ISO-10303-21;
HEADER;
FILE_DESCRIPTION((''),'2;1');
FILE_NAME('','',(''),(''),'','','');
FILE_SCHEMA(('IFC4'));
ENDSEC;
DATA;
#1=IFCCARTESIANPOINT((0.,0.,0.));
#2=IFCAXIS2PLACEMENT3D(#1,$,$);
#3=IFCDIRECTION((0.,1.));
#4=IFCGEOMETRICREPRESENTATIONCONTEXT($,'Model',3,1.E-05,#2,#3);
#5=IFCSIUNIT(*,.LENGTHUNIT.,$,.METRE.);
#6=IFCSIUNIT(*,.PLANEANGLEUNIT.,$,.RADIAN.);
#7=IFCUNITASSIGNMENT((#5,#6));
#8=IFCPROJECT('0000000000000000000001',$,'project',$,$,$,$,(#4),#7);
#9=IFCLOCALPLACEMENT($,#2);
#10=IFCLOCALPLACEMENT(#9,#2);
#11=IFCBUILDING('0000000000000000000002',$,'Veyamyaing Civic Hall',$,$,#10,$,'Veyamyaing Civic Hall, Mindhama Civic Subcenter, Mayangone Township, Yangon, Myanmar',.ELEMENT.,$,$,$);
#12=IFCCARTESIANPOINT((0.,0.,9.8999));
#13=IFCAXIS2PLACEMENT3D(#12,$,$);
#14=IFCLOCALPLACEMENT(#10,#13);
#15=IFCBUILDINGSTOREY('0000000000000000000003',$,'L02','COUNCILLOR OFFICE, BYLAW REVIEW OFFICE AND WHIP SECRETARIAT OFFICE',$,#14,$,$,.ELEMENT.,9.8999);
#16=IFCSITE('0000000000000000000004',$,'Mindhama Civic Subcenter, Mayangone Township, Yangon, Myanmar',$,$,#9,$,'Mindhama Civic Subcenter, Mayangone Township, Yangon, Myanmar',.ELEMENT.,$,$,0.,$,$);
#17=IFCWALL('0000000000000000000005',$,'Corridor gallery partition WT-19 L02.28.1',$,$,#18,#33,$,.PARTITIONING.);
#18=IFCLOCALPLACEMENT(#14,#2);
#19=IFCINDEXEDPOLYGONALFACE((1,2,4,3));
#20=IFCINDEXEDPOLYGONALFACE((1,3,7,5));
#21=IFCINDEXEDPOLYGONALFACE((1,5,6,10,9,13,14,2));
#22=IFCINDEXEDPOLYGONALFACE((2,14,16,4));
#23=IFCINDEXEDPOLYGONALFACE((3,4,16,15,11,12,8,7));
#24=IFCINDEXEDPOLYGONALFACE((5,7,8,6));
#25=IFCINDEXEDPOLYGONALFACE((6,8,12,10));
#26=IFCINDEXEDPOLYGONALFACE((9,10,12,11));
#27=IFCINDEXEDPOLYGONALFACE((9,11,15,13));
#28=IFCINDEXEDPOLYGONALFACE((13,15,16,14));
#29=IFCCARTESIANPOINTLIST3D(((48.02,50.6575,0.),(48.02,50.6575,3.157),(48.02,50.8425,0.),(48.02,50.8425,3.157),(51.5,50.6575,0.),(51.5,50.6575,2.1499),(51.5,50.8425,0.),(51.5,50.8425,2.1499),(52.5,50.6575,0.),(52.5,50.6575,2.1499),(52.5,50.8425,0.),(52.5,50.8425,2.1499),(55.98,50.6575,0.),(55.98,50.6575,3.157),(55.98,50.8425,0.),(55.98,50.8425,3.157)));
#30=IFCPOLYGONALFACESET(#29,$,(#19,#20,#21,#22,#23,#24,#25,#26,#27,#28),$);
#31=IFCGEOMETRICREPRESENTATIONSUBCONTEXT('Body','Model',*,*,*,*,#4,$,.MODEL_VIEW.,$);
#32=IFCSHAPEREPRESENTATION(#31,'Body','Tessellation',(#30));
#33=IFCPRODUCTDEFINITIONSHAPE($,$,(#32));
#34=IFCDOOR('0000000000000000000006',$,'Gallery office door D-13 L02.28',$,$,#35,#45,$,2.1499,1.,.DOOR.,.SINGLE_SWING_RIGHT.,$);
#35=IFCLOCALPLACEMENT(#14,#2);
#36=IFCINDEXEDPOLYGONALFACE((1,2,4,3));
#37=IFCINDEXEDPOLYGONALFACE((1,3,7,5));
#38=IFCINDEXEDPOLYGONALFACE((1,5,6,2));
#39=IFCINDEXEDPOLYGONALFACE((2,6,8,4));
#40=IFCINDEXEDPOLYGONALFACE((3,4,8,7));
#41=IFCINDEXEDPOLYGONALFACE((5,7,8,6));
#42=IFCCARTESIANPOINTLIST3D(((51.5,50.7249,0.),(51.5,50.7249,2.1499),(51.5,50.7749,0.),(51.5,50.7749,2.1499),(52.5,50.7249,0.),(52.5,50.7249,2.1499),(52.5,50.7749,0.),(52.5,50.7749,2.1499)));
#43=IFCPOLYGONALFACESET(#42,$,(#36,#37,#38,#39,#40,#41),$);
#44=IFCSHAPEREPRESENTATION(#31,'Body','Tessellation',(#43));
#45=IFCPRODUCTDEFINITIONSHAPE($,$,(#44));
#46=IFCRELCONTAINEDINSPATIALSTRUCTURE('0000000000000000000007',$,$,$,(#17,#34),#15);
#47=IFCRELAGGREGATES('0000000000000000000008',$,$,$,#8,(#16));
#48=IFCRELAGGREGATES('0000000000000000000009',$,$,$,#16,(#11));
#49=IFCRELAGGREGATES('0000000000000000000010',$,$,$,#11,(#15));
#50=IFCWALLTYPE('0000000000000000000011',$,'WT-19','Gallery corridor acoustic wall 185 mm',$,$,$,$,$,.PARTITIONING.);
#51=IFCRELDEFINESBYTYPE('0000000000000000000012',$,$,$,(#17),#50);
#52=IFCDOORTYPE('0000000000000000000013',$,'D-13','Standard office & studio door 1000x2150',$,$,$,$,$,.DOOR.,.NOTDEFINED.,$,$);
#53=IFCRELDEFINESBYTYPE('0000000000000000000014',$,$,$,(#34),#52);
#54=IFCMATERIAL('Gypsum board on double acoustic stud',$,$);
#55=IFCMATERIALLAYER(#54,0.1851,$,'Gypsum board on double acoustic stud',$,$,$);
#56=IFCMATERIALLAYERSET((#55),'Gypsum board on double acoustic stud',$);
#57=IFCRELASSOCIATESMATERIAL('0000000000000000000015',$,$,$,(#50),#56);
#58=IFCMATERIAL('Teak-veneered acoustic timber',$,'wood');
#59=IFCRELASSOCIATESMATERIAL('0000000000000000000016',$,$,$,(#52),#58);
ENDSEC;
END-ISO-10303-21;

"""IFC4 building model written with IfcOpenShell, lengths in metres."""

from ifc_helpers import new_model, si_unit, direction, frame, frame_2d, origin, place, context, subcontext, project, spatial, rectangle, extrude, material, layer, layer_set, type_object, element, fill, save


model = new_model("IFC4")

# Units and contexts
model_context = context("Model", 3, precision=1e-05, world=origin(), true_north=direction((0.0, 1.0)))
body_context = subcontext(model_context, "Body", "Model", "MODEL_VIEW")
ifc_project = project(units=[si_unit("LENGTHUNIT", "METRE"), si_unit("PLANEANGLEUNIT", "RADIAN")], contexts=[model_context])

# Site, building, storey
site_placement = place(None, origin())
site = spatial("IfcSite", under=ifc_project, at=site_placement, Name="Mindhama Civic Subcenter, Mayangone Township, Yangon, Myanmar", LongName="Mindhama Civic Subcenter, Mayangone Township, Yangon, Myanmar", CompositionType="ELEMENT", RefElevation=0.0)
building_placement = place(site_placement, origin())
building = spatial("IfcBuilding", under=site, at=building_placement, Name="Veyamyaing Civic Hall", LongName="Veyamyaing Civic Hall, Mindhama Civic Subcenter, Mayangone Township, Yangon, Myanmar", CompositionType="ELEMENT")
storey_placement = place(building_placement, frame((0.0, 0.0, 9.8999)))
storey = spatial("IfcBuildingStorey", under=building, at=storey_placement, Name="L02", Description="COUNCILLOR OFFICE, BYLAW REVIEW OFFICE AND WHIP SECRETARIAT OFFICE", CompositionType="ELEMENT", Elevation=9.8999)

# Wall, opening, door
ifc_material_1 = material(Name="Gypsum board on double acoustic stud")
ifc_layer_1 = layer(ifc_material_1, 0.1851, Name="Gypsum board on double acoustic stud")
ifc_layer_set_1 = layer_set([ifc_layer_1], Name="Gypsum board on double acoustic stud")
wall_type_1 = type_object("IfcWallType", Name="WT-19", Description="Gallery corridor acoustic wall 185 mm", PredefinedType="PARTITIONING", material=ifc_layer_set_1)
wall_1_placement = place(storey_placement, frame((48.02, 50.75, 0.0), z_axis=(0.0, 0.0, 1.0), x_axis=(1.0, 0.0, 0.0)))
wall_1 = element("IfcWall", 1, at=wall_1_placement, inside=storey, type_object=wall_type_1, Name="Corridor gallery partition WT-19 L02.28.1", PredefinedType="PARTITIONING", context=body_context, shape_type="SweptSolid", body=[
    extrude(rectangle(XDim=7.96, YDim=0.1851, at=frame_2d((3.98, 0.0))), origin(), (0.0, 0.0, 1.0), 3.157),
])
opening_placement = place(wall_1_placement, frame((3.48, 0.0, 0.0)))
opening = element("IfcOpeningElement", 2, at=opening_placement, cuts=wall_1, PredefinedType="OPENING", context=body_context, shape_type="SweptSolid", body=[
    extrude(rectangle(XDim=1.0, YDim=2.1499, at=frame_2d((0.5, 1.075))), frame((0.0, 0.1025, 0.0), z_axis=(0.0, -1.0, 0.0), x_axis=(1.0, 0.0, 0.0)), (0.0, 0.0, 1.0), 0.2051),
])
ifc_material_2 = material(Name="Teak-veneered acoustic timber", Category="wood")
door_type = type_object("IfcDoorType", Name="D-13", Description="Standard office & studio door 1000x2150", OperationType="NOTDEFINED", PredefinedType="DOOR", material=ifc_material_2)
door_placement = place(opening_placement, origin())
door = element("IfcDoor", 3, at=door_placement, inside=storey, type_object=door_type, Name="Gallery office door D-13 L02.28", OperationType="SINGLE_SWING_RIGHT", OverallHeight=2.1499, OverallWidth=1.0, PredefinedType="DOOR", context=body_context, shape_type="SweptSolid", body=[
    extrude(rectangle(XDim=1.0, YDim=2.1499, at=frame_2d((0.5, 1.075))), frame((0.0, 0.0249, 0.0), z_axis=(0.0, -1.0, 0.0), x_axis=(1.0, 0.0, 0.0)), (0.0, 0.0, 1.0), 0.05),
])
fill(opening, door)

save(model, "model.ifc")
